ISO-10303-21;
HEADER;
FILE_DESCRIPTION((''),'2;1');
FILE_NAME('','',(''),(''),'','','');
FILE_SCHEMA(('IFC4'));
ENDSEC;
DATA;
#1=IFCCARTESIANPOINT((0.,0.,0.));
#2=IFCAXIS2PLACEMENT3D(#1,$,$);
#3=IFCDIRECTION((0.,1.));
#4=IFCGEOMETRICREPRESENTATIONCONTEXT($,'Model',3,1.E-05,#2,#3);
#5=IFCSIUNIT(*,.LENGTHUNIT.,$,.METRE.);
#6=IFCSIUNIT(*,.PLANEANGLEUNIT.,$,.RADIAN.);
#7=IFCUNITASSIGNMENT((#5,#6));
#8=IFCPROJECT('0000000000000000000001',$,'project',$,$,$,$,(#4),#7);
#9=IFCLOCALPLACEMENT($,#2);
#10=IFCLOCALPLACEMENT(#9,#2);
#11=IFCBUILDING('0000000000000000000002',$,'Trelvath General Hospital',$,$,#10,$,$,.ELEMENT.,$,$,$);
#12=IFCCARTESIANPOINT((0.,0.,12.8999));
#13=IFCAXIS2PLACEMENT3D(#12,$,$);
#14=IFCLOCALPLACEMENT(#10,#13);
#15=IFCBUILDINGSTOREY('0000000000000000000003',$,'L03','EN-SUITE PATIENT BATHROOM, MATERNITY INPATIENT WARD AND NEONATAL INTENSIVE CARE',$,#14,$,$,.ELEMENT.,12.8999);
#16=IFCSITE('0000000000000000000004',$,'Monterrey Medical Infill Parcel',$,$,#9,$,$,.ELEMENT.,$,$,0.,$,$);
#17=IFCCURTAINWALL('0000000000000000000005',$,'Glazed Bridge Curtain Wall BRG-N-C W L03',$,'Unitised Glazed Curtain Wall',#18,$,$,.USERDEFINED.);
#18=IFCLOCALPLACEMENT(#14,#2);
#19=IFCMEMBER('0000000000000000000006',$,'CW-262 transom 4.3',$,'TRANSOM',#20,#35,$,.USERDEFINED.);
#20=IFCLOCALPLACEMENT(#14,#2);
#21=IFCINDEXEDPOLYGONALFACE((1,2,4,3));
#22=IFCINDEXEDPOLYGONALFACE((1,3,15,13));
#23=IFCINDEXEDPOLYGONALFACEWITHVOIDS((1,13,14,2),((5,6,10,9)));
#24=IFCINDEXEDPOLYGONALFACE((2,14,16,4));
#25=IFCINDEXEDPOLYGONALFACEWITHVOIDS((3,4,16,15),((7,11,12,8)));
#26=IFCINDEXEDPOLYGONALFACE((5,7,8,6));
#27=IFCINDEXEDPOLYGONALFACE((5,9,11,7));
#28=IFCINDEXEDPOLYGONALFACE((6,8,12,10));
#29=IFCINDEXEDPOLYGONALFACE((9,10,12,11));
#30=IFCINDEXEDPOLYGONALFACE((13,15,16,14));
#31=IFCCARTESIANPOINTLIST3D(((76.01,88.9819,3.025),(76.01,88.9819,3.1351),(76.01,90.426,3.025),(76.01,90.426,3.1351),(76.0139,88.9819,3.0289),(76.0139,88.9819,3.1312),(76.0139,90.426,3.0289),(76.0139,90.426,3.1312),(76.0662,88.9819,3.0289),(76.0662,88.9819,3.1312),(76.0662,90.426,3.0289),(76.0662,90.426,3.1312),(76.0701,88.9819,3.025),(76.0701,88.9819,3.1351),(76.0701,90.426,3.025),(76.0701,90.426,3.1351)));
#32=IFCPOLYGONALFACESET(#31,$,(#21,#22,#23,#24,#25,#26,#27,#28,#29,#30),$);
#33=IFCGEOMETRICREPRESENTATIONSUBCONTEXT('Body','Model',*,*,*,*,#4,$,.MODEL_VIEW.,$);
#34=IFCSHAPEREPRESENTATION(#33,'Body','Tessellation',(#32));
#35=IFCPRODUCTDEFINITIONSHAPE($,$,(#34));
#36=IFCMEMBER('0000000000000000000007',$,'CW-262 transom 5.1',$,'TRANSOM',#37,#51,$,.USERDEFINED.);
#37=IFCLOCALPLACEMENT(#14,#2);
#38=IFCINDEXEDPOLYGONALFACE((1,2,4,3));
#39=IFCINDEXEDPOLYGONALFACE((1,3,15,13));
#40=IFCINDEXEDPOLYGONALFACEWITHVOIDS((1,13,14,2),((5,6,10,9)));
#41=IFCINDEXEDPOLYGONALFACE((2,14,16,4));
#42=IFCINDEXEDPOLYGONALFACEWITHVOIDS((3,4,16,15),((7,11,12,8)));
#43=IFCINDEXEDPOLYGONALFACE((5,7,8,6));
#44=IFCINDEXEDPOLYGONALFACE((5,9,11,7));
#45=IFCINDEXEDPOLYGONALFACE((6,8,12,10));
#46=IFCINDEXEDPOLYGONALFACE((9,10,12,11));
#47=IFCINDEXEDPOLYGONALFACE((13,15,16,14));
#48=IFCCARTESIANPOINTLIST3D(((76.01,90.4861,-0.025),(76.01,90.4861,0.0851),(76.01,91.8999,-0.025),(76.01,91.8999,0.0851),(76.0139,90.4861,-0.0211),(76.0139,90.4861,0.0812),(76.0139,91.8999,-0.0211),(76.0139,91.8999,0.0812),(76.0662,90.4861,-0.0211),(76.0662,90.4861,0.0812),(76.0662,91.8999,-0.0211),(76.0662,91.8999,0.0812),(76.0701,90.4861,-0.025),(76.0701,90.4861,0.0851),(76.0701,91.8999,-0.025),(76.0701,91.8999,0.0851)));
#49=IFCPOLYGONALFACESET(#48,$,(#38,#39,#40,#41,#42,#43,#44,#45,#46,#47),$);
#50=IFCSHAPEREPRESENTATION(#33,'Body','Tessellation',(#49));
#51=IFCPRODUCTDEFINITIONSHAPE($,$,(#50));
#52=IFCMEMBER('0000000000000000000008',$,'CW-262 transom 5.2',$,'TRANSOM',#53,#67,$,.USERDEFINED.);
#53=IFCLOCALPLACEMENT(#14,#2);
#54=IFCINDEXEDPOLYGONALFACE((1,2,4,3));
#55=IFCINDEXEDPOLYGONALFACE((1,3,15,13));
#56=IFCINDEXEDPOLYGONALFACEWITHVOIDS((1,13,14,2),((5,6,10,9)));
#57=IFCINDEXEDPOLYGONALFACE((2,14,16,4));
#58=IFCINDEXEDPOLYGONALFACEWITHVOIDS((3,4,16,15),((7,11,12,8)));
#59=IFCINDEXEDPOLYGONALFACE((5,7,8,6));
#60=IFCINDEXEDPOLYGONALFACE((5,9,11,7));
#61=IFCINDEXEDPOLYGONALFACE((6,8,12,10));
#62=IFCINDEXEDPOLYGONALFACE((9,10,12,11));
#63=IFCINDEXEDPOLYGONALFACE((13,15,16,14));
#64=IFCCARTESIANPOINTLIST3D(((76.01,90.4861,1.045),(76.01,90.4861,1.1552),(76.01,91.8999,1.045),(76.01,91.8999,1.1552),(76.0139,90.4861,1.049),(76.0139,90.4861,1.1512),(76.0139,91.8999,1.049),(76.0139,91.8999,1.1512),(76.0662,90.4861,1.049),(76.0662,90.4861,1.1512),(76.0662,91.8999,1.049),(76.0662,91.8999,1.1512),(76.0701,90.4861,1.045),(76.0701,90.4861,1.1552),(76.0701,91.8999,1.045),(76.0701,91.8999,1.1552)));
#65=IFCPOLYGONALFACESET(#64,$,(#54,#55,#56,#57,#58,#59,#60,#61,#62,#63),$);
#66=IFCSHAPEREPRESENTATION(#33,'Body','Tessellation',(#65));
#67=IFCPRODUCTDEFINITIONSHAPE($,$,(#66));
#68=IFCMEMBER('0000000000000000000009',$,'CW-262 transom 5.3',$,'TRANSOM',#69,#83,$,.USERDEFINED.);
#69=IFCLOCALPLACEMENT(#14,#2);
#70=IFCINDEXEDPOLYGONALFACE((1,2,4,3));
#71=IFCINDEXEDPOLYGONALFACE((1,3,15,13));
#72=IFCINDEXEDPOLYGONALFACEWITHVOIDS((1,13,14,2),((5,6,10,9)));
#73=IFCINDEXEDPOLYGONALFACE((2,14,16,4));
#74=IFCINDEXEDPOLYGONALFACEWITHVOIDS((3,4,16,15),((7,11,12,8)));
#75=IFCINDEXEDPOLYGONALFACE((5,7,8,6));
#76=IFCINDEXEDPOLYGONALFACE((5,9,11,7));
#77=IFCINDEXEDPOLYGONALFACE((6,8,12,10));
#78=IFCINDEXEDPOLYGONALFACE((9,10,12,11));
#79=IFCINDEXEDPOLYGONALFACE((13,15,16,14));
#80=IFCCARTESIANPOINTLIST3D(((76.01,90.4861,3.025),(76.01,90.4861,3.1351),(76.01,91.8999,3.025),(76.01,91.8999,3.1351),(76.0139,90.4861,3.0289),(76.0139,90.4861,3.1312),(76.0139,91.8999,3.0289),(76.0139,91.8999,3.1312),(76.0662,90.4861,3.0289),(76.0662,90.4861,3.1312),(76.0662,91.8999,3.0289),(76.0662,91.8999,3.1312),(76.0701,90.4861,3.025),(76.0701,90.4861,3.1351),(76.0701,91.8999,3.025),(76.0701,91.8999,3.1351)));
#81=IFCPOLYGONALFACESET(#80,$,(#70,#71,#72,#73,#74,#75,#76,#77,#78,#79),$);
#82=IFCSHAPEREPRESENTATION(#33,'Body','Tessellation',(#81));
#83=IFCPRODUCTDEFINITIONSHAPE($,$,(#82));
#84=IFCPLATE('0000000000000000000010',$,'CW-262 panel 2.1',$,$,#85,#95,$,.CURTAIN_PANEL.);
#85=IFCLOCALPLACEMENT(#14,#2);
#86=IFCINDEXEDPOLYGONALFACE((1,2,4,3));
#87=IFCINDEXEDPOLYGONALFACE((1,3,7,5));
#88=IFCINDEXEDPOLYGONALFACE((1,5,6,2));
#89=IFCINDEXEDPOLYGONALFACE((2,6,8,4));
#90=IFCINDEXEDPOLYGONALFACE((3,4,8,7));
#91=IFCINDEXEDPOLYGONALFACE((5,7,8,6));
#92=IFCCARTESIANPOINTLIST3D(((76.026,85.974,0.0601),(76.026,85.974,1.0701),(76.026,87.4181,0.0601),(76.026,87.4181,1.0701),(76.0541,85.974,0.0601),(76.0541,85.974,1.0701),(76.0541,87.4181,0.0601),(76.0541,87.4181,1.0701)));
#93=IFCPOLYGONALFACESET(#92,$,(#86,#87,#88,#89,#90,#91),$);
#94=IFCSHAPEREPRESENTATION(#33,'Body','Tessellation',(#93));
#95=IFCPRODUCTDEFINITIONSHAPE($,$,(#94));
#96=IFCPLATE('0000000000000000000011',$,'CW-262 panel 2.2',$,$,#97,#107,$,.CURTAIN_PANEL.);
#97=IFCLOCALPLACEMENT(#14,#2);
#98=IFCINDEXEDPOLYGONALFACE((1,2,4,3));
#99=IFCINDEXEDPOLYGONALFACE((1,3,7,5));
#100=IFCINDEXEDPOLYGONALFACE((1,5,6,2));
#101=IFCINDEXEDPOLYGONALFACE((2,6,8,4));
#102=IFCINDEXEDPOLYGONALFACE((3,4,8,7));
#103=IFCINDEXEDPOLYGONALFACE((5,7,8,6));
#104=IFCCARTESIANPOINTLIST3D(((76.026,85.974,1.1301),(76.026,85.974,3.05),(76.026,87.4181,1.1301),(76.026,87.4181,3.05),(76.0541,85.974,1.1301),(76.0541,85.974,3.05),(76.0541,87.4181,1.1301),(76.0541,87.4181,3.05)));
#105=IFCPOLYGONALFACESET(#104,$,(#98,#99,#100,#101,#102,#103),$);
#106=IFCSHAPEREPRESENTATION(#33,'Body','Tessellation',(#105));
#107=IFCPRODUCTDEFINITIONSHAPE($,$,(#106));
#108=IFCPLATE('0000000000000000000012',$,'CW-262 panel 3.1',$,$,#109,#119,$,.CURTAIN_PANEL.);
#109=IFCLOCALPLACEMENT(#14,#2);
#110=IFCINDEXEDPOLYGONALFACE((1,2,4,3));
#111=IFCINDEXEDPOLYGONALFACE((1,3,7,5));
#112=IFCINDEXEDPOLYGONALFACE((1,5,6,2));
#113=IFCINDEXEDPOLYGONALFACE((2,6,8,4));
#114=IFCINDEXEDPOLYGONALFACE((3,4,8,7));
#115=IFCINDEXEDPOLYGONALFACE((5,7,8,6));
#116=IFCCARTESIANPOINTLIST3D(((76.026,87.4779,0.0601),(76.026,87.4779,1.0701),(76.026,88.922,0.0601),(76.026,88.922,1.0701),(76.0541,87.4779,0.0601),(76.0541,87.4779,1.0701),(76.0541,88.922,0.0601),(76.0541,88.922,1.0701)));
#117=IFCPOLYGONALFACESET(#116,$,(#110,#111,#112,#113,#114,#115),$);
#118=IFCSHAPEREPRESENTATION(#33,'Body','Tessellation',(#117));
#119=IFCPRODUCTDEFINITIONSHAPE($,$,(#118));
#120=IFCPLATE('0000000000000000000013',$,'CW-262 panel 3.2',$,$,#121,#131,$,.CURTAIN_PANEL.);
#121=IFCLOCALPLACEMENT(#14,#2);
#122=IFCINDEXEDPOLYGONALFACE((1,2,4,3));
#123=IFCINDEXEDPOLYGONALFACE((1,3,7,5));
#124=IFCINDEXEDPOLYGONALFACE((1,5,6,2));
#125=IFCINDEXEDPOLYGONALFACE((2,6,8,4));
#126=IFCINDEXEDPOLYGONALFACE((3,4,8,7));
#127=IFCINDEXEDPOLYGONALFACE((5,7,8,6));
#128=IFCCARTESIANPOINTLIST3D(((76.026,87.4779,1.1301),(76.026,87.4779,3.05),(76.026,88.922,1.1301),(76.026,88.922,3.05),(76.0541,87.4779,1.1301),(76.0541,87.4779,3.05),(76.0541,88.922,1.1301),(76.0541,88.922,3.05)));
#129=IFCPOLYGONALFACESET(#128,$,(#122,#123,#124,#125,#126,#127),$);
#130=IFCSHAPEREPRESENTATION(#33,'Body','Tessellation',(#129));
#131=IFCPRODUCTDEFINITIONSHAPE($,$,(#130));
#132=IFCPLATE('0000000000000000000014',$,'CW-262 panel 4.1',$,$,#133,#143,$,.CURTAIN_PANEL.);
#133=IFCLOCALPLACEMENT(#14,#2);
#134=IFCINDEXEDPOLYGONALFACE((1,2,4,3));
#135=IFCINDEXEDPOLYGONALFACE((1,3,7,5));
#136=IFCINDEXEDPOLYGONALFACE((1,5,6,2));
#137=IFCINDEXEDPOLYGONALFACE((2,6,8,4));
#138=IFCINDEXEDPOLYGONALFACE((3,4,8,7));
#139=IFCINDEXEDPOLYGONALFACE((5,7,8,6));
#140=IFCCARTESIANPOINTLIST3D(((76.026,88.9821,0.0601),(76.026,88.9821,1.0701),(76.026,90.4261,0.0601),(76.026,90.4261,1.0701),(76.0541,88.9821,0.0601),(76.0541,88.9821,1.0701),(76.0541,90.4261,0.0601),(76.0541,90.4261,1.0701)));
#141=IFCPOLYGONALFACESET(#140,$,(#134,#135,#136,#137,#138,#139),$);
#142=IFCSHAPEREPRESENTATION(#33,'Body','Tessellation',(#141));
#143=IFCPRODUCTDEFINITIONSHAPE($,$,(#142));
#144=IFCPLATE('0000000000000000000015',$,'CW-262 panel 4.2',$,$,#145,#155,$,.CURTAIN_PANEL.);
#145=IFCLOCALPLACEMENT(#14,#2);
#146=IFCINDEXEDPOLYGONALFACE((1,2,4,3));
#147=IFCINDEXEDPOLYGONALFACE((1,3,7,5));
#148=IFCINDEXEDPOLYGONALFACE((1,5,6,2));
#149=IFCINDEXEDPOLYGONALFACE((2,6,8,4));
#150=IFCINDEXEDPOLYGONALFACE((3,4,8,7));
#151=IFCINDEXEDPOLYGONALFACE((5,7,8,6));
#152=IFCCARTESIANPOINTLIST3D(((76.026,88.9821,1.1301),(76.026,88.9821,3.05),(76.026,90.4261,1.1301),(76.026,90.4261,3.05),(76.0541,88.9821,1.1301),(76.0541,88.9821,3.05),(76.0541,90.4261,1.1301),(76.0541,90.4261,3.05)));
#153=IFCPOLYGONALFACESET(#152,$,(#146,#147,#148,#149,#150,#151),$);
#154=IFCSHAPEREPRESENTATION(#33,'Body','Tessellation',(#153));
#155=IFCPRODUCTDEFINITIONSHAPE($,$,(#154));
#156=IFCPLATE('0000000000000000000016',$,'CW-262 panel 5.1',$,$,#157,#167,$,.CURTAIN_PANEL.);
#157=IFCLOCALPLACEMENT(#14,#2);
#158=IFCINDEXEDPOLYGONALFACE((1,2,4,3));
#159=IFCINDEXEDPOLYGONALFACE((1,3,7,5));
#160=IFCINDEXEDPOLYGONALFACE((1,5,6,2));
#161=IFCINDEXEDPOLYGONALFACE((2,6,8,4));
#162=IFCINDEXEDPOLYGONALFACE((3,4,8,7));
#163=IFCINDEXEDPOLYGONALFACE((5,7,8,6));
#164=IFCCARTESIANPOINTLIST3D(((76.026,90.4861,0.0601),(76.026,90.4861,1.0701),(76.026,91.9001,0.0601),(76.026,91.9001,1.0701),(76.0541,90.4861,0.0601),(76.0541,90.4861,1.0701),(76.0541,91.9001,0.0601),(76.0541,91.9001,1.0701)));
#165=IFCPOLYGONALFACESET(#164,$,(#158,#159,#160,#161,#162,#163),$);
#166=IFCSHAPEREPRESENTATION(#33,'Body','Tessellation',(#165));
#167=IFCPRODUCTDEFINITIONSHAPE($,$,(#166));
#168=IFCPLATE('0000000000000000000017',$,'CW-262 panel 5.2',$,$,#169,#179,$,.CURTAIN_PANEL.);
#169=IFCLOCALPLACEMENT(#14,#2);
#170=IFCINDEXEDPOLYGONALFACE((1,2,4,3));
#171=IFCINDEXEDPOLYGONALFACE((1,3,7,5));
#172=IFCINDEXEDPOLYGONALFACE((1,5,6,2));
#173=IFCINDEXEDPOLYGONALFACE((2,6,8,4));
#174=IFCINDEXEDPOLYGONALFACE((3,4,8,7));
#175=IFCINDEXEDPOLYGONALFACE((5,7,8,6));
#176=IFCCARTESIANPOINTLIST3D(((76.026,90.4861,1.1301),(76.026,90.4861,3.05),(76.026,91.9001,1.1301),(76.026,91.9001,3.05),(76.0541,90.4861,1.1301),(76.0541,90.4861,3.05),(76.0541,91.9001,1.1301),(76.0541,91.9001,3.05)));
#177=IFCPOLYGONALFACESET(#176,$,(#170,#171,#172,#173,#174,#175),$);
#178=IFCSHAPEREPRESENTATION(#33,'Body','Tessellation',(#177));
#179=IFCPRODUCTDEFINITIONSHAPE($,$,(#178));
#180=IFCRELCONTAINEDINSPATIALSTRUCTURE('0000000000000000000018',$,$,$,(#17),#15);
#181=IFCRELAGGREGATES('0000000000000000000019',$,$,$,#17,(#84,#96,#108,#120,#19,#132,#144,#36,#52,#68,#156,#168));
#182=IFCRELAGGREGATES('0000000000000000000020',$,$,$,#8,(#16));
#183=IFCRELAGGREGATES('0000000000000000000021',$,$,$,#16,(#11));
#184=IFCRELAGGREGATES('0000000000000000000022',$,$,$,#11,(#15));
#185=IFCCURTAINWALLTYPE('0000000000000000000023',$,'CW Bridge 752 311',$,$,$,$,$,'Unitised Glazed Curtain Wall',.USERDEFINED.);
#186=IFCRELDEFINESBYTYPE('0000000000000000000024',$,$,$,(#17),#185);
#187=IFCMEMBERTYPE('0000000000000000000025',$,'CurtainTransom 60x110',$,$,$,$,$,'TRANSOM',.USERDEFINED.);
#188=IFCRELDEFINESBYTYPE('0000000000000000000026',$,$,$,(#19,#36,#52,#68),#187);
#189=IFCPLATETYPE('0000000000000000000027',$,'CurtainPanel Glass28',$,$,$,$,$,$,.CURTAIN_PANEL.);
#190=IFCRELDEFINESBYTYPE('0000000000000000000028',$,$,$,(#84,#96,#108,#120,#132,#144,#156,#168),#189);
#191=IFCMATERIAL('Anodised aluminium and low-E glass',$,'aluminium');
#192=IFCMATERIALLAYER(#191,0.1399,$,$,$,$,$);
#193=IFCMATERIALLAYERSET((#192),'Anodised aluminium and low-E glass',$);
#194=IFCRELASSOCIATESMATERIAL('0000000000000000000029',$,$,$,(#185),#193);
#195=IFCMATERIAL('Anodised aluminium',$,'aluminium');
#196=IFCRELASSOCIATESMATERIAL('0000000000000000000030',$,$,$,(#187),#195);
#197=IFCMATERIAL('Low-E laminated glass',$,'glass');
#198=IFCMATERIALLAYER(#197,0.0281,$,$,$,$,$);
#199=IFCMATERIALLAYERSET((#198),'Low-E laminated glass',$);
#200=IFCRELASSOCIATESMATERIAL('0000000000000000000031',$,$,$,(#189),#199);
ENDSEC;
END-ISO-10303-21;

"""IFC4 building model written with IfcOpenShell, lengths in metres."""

from ifc_helpers import new_model, si_unit, direction, frame, origin, origin_2d, place, context, subcontext, project, spatial, rectangle, hollow_rectangle, extrude, material, layer, layer_set, material_profile, profile_set, type_object, element, aggregate, save


model = new_model("IFC4")

# Units and contexts
model_context = context("Model", 3, precision=1e-05, world=origin(), true_north=direction((0.0, 1.0)))
body_context = subcontext(model_context, "Body", "Model", "MODEL_VIEW")
ifc_project = project(units=[si_unit("LENGTHUNIT", "METRE"), si_unit("PLANEANGLEUNIT", "RADIAN")], contexts=[model_context])

# Site, building, storey
site_placement = place(None, origin())
site = spatial("IfcSite", under=ifc_project, at=site_placement, Name="Monterrey Medical Infill Parcel", CompositionType="ELEMENT", RefElevation=0.0)
building_placement = place(site_placement, origin())
building = spatial("IfcBuilding", under=site, at=building_placement, Name="Trelvath General Hospital", CompositionType="ELEMENT")
storey_placement = place(building_placement, frame((0.0, 0.0, 12.8999)))
storey = spatial("IfcBuildingStorey", under=building, at=storey_placement, Name="L03", Description="EN-SUITE PATIENT BATHROOM, MATERNITY INPATIENT WARD AND NEONATAL INTENSIVE CARE", CompositionType="ELEMENT", Elevation=12.8999)

# Curtain wall, members, plates
ifc_material_1 = material(Name="Anodised aluminium and low-E glass", Category="aluminium")
ifc_layer_1 = layer(ifc_material_1, 0.1399)
ifc_layer_set_1 = layer_set([ifc_layer_1], Name="Anodised aluminium and low-E glass")
curtain_wall_type = type_object("IfcCurtainWallType", Name="CW Bridge 752 311", ElementType="Unitised Glazed Curtain Wall", PredefinedType="USERDEFINED", material=ifc_layer_set_1)
curtain_wall_placement = place(storey_placement, origin())
curtain_wall = element("IfcCurtainWall", 1, at=curtain_wall_placement, inside=storey, type_object=curtain_wall_type, Name="Glazed Bridge Curtain Wall BRG-N-C W L03", ObjectType="Unitised Glazed Curtain Wall", PredefinedType="USERDEFINED")
ifc_material_2 = material(Name="Anodised aluminium", Category="aluminium")
ifc_material_profile_1 = material_profile(ifc_material_2, hollow_rectangle(XDim=0.0601, YDim=0.1101, WallThickness=0.0039, at=origin_2d()), Name="RHS60x110x4")
ifc_profile_set_1 = profile_set([ifc_material_profile_1], Name="Anodised aluminium")
member_type_1 = type_object("IfcMemberType", Name="CurtainTransom 60x110", ElementType="TRANSOM", PredefinedType="USERDEFINED", material=ifc_profile_set_1)
member_1_placement = place(storey_placement, frame((76.04, 88.9819, 3.0801), z_axis=(0.0, 1.0, 0.0), x_axis=(-1.0, 0.0, 0.0)))
member_1 = element("IfcMember", 2, at=member_1_placement, type_object=member_type_1, Name="CW-262 transom 4.3", ObjectType="TRANSOM", PredefinedType="USERDEFINED", context=body_context, shape_type="SweptSolid", body=[
    extrude(hollow_rectangle(XDim=0.0601, YDim=0.1101, WallThickness=0.0039, at=origin_2d()), origin(), (0.0, 0.0, 1.0), 1.4441),
])
member_2_placement = place(storey_placement, frame((76.04, 90.4861, 0.03), z_axis=(0.0, 1.0, 0.0), x_axis=(-1.0, 0.0, 0.0)))
member_2 = element("IfcMember", 3, at=member_2_placement, type_object=member_type_1, Name="CW-262 transom 5.1", ObjectType="TRANSOM", PredefinedType="USERDEFINED", context=body_context, shape_type="SweptSolid", body=[
    extrude(hollow_rectangle(XDim=0.0601, YDim=0.1101, WallThickness=0.0039, at=origin_2d()), origin(), (0.0, 0.0, 1.0), 1.4138),
])
member_3_placement = place(storey_placement, frame((76.04, 90.4861, 1.1001), z_axis=(0.0, 1.0, 0.0), x_axis=(-1.0, 0.0, 0.0)))
member_3 = element("IfcMember", 4, at=member_3_placement, type_object=member_type_1, Name="CW-262 transom 5.2", ObjectType="TRANSOM", PredefinedType="USERDEFINED", context=body_context, shape_type="SweptSolid", body=[
    extrude(hollow_rectangle(XDim=0.0601, YDim=0.1101, WallThickness=0.0039, at=origin_2d()), origin(), (0.0, 0.0, 1.0), 1.4138),
])
member_4_placement = place(storey_placement, frame((76.04, 90.4861, 3.0801), z_axis=(0.0, 1.0, 0.0), x_axis=(-1.0, 0.0, 0.0)))
member_4 = element("IfcMember", 5, at=member_4_placement, type_object=member_type_1, Name="CW-262 transom 5.3", ObjectType="TRANSOM", PredefinedType="USERDEFINED", context=body_context, shape_type="SweptSolid", body=[
    extrude(hollow_rectangle(XDim=0.0601, YDim=0.1101, WallThickness=0.0039, at=origin_2d()), origin(), (0.0, 0.0, 1.0), 1.4138),
])
ifc_material_3 = material(Name="Low-E laminated glass", Category="glass")
ifc_layer_2 = layer(ifc_material_3, 0.0281)
ifc_layer_set_2 = layer_set([ifc_layer_2], Name="Low-E laminated glass")
plate_type = type_object("IfcPlateType", Name="CurtainPanel Glass28", PredefinedType="CURTAIN_PANEL", material=ifc_layer_set_2)
plate_1_placement = place(storey_placement, frame((76.04, 86.696, 0.0601), z_axis=(0.0, 0.0, 1.0), x_axis=(0.0, 1.0, 0.0)))
plate_1 = element("IfcPlate", 6, at=plate_1_placement, type_object=plate_type, Name="CW-262 panel 2.1", PredefinedType="CURTAIN_PANEL", context=body_context, shape_type="SweptSolid", body=[
    extrude(rectangle(XDim=1.4441, YDim=0.0281, at=origin_2d()), origin(), (0.0, 0.0, 1.0), 1.01),
])
plate_2_placement = place(storey_placement, frame((76.04, 86.696, 1.1301), z_axis=(0.0, 0.0, 1.0), x_axis=(0.0, 1.0, 0.0)))
plate_2 = element("IfcPlate", 7, at=plate_2_placement, type_object=plate_type, Name="CW-262 panel 2.2", PredefinedType="CURTAIN_PANEL", context=body_context, shape_type="SweptSolid", body=[
    extrude(rectangle(XDim=1.4441, YDim=0.0281, at=origin_2d()), origin(), (0.0, 0.0, 1.0), 1.9199),
])
plate_3_placement = place(storey_placement, frame((76.04, 88.2, 0.0601), z_axis=(0.0, 0.0, 1.0), x_axis=(0.0, 1.0, 0.0)))
plate_3 = element("IfcPlate", 8, at=plate_3_placement, type_object=plate_type, Name="CW-262 panel 3.1", PredefinedType="CURTAIN_PANEL", context=body_context, shape_type="SweptSolid", body=[
    extrude(rectangle(XDim=1.4441, YDim=0.0281, at=origin_2d()), origin(), (0.0, 0.0, 1.0), 1.01),
])
plate_4_placement = place(storey_placement, frame((76.04, 88.2, 1.1301), z_axis=(0.0, 0.0, 1.0), x_axis=(0.0, 1.0, 0.0)))
plate_4 = element("IfcPlate", 9, at=plate_4_placement, type_object=plate_type, Name="CW-262 panel 3.2", PredefinedType="CURTAIN_PANEL", context=body_context, shape_type="SweptSolid", body=[
    extrude(rectangle(XDim=1.4441, YDim=0.0281, at=origin_2d()), origin(), (0.0, 0.0, 1.0), 1.9199),
])
plate_5_placement = place(storey_placement, frame((76.04, 89.7041, 0.0601), z_axis=(0.0, 0.0, 1.0), x_axis=(0.0, 1.0, 0.0)))
plate_5 = element("IfcPlate", 10, at=plate_5_placement, type_object=plate_type, Name="CW-262 panel 4.1", PredefinedType="CURTAIN_PANEL", context=body_context, shape_type="SweptSolid", body=[
    extrude(rectangle(XDim=1.4441, YDim=0.0281, at=origin_2d()), origin(), (0.0, 0.0, 1.0), 1.01),
])
plate_6_placement = place(storey_placement, frame((76.04, 89.7041, 1.1301), z_axis=(0.0, 0.0, 1.0), x_axis=(0.0, 1.0, 0.0)))
plate_6 = element("IfcPlate", 11, at=plate_6_placement, type_object=plate_type, Name="CW-262 panel 4.2", PredefinedType="CURTAIN_PANEL", context=body_context, shape_type="SweptSolid", body=[
    extrude(rectangle(XDim=1.4441, YDim=0.0281, at=origin_2d()), origin(), (0.0, 0.0, 1.0), 1.9199),
])
plate_7_placement = place(storey_placement, frame((76.04, 91.1931, 0.0601), z_axis=(0.0, 0.0, 1.0), x_axis=(0.0, 1.0, 0.0)))
plate_7 = element("IfcPlate", 12, at=plate_7_placement, type_object=plate_type, Name="CW-262 panel 5.1", PredefinedType="CURTAIN_PANEL", context=body_context, shape_type="SweptSolid", body=[
    extrude(rectangle(XDim=1.4141, YDim=0.0281, at=origin_2d()), origin(), (0.0, 0.0, 1.0), 1.01),
])
plate_8_placement = place(storey_placement, frame((76.04, 91.1931, 1.1301), z_axis=(0.0, 0.0, 1.0), x_axis=(0.0, 1.0, 0.0)))
plate_8 = element("IfcPlate", 13, at=plate_8_placement, type_object=plate_type, Name="CW-262 panel 5.2", PredefinedType="CURTAIN_PANEL", context=body_context, shape_type="SweptSolid", body=[
    extrude(rectangle(XDim=1.4141, YDim=0.0281, at=origin_2d()), origin(), (0.0, 0.0, 1.0), 1.9199),
])
aggregate(curtain_wall, [plate_1, plate_2, plate_3, plate_4, member_1, plate_5, plate_6, member_2, member_3, member_4, plate_7, plate_8])

save(model, "model.ifc")
